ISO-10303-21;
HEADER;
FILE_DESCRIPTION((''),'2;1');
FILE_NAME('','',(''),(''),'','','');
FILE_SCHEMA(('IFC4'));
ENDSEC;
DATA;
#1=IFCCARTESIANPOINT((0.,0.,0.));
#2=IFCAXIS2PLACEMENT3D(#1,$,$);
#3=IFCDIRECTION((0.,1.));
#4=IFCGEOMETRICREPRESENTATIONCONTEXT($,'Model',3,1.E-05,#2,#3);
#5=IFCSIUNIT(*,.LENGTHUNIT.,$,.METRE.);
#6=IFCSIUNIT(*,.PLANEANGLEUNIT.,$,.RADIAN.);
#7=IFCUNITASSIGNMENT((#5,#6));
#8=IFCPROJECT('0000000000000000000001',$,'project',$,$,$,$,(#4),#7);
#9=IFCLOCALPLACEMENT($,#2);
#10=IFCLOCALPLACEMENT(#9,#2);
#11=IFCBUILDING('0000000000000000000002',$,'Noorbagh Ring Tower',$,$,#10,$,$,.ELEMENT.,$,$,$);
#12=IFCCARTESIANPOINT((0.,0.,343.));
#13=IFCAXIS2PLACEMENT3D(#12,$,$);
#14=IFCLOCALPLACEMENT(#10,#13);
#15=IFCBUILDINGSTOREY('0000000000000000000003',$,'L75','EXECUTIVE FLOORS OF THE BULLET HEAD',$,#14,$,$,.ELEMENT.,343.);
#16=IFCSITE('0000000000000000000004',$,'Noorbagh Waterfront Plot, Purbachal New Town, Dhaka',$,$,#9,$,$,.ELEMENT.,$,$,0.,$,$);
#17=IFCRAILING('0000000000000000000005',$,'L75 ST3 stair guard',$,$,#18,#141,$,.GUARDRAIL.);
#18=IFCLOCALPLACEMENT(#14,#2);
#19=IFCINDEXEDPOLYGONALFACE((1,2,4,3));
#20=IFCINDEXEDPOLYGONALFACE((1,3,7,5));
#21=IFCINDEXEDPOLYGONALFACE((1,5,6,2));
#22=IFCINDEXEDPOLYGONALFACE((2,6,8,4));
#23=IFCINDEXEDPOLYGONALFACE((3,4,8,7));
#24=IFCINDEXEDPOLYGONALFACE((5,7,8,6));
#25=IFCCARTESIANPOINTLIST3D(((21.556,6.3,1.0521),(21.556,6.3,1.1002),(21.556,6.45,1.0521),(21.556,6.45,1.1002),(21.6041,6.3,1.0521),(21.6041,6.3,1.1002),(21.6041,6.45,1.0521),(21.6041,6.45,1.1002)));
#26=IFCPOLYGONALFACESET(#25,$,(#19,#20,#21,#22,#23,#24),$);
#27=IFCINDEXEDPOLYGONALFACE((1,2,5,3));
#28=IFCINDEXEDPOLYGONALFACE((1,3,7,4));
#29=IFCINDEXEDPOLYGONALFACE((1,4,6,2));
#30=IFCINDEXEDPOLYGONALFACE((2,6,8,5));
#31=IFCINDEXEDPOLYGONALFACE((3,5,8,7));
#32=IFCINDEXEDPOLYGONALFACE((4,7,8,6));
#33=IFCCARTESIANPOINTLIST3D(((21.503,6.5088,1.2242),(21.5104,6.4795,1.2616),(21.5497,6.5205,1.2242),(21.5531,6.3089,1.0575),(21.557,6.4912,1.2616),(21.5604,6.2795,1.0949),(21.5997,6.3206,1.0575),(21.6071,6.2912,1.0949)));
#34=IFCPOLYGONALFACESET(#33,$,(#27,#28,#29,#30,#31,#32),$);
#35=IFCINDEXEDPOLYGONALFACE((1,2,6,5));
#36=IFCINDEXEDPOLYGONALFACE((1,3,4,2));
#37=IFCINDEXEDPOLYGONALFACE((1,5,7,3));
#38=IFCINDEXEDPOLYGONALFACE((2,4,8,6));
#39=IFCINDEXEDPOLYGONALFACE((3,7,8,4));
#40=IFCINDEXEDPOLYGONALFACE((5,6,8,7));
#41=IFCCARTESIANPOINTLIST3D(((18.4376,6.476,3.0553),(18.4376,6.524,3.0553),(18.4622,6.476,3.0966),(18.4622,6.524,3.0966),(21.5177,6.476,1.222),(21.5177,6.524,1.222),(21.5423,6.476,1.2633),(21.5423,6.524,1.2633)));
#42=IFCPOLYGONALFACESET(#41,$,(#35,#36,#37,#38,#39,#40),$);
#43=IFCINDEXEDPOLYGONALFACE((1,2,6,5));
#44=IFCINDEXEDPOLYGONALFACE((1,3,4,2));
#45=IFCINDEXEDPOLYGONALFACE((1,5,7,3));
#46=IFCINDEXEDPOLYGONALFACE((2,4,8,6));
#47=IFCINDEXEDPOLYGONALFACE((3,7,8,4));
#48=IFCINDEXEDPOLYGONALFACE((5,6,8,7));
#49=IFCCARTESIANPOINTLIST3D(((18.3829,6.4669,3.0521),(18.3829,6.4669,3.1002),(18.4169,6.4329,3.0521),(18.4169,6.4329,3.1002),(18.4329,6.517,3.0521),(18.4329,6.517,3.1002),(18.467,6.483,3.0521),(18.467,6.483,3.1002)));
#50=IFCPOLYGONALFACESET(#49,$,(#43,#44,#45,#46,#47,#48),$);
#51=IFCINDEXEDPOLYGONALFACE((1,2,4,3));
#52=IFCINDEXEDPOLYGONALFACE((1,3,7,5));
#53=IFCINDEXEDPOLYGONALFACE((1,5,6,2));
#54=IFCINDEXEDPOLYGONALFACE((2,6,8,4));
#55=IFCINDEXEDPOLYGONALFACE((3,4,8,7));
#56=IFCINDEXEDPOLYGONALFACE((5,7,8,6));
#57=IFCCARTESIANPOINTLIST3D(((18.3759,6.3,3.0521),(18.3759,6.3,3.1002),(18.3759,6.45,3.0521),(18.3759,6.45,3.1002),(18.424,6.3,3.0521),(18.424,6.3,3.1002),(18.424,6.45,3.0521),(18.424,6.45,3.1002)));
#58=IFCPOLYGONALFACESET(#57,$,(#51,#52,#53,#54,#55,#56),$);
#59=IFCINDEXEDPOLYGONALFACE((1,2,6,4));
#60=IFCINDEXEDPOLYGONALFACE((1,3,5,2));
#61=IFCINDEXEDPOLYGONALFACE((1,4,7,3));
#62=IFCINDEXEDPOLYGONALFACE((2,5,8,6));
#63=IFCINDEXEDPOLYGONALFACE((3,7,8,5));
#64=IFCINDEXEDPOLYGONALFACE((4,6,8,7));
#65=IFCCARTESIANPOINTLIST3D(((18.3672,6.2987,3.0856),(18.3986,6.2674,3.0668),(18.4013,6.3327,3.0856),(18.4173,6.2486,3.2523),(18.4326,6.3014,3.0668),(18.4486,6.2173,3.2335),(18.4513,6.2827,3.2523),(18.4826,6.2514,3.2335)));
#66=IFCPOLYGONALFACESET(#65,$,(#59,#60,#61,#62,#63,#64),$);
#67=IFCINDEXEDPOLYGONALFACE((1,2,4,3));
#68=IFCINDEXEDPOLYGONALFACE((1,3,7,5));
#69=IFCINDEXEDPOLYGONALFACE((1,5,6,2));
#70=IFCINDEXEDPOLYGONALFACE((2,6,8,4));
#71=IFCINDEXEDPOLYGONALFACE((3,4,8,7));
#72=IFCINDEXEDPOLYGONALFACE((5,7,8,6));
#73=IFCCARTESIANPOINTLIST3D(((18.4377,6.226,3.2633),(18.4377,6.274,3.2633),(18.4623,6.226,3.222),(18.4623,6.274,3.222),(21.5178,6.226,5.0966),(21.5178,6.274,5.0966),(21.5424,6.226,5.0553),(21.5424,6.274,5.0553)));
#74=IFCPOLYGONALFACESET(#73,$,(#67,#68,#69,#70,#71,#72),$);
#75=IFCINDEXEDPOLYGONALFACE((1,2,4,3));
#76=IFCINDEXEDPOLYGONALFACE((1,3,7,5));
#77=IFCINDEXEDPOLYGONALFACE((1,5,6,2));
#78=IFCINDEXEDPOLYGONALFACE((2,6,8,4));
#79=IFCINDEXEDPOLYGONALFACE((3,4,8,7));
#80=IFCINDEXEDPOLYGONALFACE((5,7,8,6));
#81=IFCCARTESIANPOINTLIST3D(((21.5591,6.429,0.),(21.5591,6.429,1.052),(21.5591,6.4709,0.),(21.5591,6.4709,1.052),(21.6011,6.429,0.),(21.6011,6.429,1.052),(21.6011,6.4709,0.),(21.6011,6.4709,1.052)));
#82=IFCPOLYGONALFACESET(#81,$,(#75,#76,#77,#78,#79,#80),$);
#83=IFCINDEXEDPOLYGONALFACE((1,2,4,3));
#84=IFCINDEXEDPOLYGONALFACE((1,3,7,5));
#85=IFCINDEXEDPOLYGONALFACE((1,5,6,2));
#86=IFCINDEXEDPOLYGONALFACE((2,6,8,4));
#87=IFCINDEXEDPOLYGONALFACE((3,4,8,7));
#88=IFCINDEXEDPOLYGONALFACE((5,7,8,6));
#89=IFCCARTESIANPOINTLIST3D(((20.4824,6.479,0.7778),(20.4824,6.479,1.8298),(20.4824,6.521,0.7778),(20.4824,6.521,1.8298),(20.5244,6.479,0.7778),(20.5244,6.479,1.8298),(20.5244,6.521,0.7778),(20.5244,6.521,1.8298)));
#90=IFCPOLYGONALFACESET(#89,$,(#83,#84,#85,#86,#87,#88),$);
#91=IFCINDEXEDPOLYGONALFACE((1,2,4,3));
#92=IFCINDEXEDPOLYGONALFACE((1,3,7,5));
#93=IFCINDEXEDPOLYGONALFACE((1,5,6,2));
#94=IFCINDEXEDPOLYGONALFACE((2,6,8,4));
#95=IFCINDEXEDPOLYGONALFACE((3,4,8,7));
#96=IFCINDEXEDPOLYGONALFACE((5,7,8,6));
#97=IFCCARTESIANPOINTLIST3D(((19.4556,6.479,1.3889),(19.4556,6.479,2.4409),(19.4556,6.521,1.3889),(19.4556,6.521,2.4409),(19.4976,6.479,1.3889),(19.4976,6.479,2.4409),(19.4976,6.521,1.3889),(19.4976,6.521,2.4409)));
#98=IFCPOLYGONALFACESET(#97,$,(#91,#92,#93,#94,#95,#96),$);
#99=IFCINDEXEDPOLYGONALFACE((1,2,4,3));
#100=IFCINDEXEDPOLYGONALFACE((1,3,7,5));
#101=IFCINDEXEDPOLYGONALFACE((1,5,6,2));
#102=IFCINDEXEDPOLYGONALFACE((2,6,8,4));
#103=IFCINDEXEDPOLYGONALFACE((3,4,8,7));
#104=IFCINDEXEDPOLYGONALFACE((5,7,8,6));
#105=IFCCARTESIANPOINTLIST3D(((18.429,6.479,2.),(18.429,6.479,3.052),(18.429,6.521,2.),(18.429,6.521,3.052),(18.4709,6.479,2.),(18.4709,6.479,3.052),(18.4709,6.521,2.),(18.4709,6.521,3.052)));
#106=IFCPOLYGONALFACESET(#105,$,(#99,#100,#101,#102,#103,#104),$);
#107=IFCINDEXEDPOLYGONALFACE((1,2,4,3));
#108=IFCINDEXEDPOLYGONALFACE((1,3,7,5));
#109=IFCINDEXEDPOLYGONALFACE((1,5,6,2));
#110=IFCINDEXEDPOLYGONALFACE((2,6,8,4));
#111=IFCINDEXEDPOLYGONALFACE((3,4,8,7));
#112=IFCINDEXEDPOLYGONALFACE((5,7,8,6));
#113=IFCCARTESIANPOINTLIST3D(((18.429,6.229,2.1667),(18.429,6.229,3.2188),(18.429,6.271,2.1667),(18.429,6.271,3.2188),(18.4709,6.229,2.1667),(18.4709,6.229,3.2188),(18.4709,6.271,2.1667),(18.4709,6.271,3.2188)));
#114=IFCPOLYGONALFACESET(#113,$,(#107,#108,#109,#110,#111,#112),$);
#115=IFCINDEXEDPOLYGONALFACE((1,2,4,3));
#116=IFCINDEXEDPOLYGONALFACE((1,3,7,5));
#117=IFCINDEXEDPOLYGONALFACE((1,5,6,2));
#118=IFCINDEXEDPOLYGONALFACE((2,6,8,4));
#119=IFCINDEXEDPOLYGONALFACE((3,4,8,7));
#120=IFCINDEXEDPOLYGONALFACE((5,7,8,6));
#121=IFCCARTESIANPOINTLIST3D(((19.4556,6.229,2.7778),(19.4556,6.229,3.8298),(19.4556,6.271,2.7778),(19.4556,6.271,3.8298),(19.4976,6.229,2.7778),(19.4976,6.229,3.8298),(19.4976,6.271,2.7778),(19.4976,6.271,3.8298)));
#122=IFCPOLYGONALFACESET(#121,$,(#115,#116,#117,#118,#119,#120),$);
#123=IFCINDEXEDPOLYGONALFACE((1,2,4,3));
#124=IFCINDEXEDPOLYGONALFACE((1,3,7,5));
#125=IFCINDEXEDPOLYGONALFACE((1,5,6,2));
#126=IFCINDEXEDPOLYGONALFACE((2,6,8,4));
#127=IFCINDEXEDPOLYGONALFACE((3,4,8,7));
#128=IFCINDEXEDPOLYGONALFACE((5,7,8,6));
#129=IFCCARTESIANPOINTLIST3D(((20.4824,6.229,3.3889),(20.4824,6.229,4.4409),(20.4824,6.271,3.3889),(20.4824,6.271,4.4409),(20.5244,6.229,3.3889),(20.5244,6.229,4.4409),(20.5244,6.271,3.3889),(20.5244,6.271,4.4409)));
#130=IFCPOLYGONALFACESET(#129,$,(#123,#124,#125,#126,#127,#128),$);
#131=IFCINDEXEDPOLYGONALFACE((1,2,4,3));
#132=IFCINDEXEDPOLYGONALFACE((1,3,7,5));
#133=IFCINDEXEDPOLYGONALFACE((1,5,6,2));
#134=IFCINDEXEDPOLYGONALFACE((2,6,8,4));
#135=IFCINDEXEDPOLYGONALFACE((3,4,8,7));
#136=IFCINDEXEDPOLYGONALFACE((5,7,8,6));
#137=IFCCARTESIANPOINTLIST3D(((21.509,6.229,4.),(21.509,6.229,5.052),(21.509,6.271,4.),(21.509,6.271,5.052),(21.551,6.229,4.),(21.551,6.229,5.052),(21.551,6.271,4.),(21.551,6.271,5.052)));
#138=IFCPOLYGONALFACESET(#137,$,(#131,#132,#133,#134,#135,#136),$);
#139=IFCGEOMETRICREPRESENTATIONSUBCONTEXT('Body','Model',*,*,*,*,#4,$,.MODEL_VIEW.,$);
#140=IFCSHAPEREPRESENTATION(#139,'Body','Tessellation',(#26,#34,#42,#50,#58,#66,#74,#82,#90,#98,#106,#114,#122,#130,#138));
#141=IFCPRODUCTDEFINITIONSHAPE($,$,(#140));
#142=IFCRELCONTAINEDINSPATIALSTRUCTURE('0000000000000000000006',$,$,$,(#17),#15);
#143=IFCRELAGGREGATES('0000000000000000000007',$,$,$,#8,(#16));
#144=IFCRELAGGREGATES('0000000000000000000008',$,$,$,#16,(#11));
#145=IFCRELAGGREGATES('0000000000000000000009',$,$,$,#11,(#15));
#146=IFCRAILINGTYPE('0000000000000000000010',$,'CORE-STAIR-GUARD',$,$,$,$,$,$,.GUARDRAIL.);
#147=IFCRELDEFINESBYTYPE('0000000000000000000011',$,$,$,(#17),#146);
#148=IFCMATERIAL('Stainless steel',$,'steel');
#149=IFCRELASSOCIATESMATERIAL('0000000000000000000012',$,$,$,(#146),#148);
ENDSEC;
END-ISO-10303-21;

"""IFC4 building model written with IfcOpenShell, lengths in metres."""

from ifc_helpers import new_model, si_unit, direction, frame, origin, origin_2d, place, context, subcontext, project, spatial, rectangle, extrude, material, type_object, element, save


model = new_model("IFC4")

# Units and contexts
model_context = context("Model", 3, precision=1e-05, world=origin(), true_north=direction((0.0, 1.0)))
body_context = subcontext(model_context, "Body", "Model", "MODEL_VIEW")
ifc_project = project(units=[si_unit("LENGTHUNIT", "METRE"), si_unit("PLANEANGLEUNIT", "RADIAN")], contexts=[model_context])

# Site, building, storey
site_placement = place(None, origin())
site = spatial("IfcSite", under=ifc_project, at=site_placement, Name="Noorbagh Waterfront Plot, Purbachal New Town, Dhaka", CompositionType="ELEMENT", RefElevation=0.0)
building_placement = place(site_placement, origin())
building = spatial("IfcBuilding", under=site, at=building_placement, Name="Noorbagh Ring Tower", CompositionType="ELEMENT")
storey_placement = place(building_placement, frame((0.0, 0.0, 343.0)))
storey = spatial("IfcBuildingStorey", under=building, at=storey_placement, Name="L75", Description="EXECUTIVE FLOORS OF THE BULLET HEAD", CompositionType="ELEMENT", Elevation=343.0)

# Railing
ifc_material_1 = material(Name="Stainless steel", Category="steel")
railing_type_1 = type_object("IfcRailingType", Name="CORE-STAIR-GUARD", PredefinedType="GUARDRAIL", material=ifc_material_1)
railing_1_placement = place(storey_placement, frame((21.5801, 6.45, 0.0)))
element("IfcRailing", 1, at=railing_1_placement, inside=storey, type_object=railing_type_1, Name="L75 ST3 stair guard", PredefinedType="GUARDRAIL", context=body_context, shape_type="SweptSolid", body=[
    extrude(rectangle(XDim=0.0481, YDim=0.0481, at=origin_2d()), frame((0.0, 0.0, 1.0762), z_axis=(0.0, -1.0, 0.0), x_axis=(1.0, 0.0, 0.0)), (0.0, 0.0, 1.0), 0.1499),
    extrude(rectangle(XDim=0.0481, YDim=0.0481, at=origin_2d()), frame((0.0, -0.1499, 1.0762), z_axis=(-0.188776, 0.754182, 0.628946), x_axis=(-0.970073, -0.242814, 0.0)), (0.0, 0.0, 1.0), 0.2651),
    extrude(rectangle(XDim=0.0481, YDim=0.0481, at=origin_2d()), frame((-0.05, 0.05, 1.2427), z_axis=(-0.859309, 0.0, 0.511458), x_axis=(0.0, -1.0, 0.0)), (0.0, 0.0, 1.0), 3.5845),
    extrude(rectangle(XDim=0.0481, YDim=0.0481, at=origin_2d()), frame((-3.1301, 0.05, 3.0762), z_axis=(-0.707107, -0.707107, 0.0), x_axis=(0.707107, -0.707107, 0.0)), (0.0, 0.0, 1.0), 0.0708),
    extrude(rectangle(XDim=0.0481, YDim=0.0481, at=origin_2d()), frame((-3.1802, 0.0, 3.0762), z_axis=(0.0, -1.0, 0.0), x_axis=(1.0, 0.0, 0.0)), (0.0, 0.0, 1.0), 0.1499),
    extrude(rectangle(XDim=0.0481, YDim=0.0481, at=origin_2d()), frame((-3.1802, -0.1499, 3.0762), z_axis=(0.276287, -0.276287, 0.920506), x_axis=(0.707107, 0.707107, 0.0)), (0.0, 0.0, 1.0), 0.1812),
    extrude(rectangle(XDim=0.0481, YDim=0.0481, at=origin_2d()), frame((-3.1301, -0.2, 3.2427), z_axis=(0.859309, 0.0, 0.511458), x_axis=(0.0, 1.0, 0.0)), (0.0, 0.0, 1.0), 3.5845),
    extrude(rectangle(XDim=0.042, YDim=0.042, at=origin_2d()), origin(), (0.0, 0.0, 1.0), 1.052),
    extrude(rectangle(XDim=0.042, YDim=0.042, at=origin_2d()), frame((-1.0767, 0.05, 0.7778)), (0.0, 0.0, 1.0), 1.052),
    extrude(rectangle(XDim=0.042, YDim=0.042, at=origin_2d()), frame((-2.1035, 0.05, 1.3889)), (0.0, 0.0, 1.0), 1.052),
    extrude(rectangle(XDim=0.042, YDim=0.042, at=origin_2d()), frame((-3.1301, 0.05, 2.0)), (0.0, 0.0, 1.0), 1.052),
    extrude(rectangle(XDim=0.042, YDim=0.042, at=origin_2d()), frame((-3.1301, -0.2, 2.1667)), (0.0, 0.0, 1.0), 1.052),
    extrude(rectangle(XDim=0.042, YDim=0.042, at=origin_2d()), frame((-2.1035, -0.2, 2.7778)), (0.0, 0.0, 1.0), 1.052),
    extrude(rectangle(XDim=0.042, YDim=0.042, at=origin_2d()), frame((-1.0767, -0.2, 3.3889)), (0.0, 0.0, 1.0), 1.052),
    extrude(rectangle(XDim=0.042, YDim=0.042, at=origin_2d()), frame((-0.05, -0.2, 4.0)), (0.0, 0.0, 1.0), 1.052),
])

save(model, "model.ifc")
